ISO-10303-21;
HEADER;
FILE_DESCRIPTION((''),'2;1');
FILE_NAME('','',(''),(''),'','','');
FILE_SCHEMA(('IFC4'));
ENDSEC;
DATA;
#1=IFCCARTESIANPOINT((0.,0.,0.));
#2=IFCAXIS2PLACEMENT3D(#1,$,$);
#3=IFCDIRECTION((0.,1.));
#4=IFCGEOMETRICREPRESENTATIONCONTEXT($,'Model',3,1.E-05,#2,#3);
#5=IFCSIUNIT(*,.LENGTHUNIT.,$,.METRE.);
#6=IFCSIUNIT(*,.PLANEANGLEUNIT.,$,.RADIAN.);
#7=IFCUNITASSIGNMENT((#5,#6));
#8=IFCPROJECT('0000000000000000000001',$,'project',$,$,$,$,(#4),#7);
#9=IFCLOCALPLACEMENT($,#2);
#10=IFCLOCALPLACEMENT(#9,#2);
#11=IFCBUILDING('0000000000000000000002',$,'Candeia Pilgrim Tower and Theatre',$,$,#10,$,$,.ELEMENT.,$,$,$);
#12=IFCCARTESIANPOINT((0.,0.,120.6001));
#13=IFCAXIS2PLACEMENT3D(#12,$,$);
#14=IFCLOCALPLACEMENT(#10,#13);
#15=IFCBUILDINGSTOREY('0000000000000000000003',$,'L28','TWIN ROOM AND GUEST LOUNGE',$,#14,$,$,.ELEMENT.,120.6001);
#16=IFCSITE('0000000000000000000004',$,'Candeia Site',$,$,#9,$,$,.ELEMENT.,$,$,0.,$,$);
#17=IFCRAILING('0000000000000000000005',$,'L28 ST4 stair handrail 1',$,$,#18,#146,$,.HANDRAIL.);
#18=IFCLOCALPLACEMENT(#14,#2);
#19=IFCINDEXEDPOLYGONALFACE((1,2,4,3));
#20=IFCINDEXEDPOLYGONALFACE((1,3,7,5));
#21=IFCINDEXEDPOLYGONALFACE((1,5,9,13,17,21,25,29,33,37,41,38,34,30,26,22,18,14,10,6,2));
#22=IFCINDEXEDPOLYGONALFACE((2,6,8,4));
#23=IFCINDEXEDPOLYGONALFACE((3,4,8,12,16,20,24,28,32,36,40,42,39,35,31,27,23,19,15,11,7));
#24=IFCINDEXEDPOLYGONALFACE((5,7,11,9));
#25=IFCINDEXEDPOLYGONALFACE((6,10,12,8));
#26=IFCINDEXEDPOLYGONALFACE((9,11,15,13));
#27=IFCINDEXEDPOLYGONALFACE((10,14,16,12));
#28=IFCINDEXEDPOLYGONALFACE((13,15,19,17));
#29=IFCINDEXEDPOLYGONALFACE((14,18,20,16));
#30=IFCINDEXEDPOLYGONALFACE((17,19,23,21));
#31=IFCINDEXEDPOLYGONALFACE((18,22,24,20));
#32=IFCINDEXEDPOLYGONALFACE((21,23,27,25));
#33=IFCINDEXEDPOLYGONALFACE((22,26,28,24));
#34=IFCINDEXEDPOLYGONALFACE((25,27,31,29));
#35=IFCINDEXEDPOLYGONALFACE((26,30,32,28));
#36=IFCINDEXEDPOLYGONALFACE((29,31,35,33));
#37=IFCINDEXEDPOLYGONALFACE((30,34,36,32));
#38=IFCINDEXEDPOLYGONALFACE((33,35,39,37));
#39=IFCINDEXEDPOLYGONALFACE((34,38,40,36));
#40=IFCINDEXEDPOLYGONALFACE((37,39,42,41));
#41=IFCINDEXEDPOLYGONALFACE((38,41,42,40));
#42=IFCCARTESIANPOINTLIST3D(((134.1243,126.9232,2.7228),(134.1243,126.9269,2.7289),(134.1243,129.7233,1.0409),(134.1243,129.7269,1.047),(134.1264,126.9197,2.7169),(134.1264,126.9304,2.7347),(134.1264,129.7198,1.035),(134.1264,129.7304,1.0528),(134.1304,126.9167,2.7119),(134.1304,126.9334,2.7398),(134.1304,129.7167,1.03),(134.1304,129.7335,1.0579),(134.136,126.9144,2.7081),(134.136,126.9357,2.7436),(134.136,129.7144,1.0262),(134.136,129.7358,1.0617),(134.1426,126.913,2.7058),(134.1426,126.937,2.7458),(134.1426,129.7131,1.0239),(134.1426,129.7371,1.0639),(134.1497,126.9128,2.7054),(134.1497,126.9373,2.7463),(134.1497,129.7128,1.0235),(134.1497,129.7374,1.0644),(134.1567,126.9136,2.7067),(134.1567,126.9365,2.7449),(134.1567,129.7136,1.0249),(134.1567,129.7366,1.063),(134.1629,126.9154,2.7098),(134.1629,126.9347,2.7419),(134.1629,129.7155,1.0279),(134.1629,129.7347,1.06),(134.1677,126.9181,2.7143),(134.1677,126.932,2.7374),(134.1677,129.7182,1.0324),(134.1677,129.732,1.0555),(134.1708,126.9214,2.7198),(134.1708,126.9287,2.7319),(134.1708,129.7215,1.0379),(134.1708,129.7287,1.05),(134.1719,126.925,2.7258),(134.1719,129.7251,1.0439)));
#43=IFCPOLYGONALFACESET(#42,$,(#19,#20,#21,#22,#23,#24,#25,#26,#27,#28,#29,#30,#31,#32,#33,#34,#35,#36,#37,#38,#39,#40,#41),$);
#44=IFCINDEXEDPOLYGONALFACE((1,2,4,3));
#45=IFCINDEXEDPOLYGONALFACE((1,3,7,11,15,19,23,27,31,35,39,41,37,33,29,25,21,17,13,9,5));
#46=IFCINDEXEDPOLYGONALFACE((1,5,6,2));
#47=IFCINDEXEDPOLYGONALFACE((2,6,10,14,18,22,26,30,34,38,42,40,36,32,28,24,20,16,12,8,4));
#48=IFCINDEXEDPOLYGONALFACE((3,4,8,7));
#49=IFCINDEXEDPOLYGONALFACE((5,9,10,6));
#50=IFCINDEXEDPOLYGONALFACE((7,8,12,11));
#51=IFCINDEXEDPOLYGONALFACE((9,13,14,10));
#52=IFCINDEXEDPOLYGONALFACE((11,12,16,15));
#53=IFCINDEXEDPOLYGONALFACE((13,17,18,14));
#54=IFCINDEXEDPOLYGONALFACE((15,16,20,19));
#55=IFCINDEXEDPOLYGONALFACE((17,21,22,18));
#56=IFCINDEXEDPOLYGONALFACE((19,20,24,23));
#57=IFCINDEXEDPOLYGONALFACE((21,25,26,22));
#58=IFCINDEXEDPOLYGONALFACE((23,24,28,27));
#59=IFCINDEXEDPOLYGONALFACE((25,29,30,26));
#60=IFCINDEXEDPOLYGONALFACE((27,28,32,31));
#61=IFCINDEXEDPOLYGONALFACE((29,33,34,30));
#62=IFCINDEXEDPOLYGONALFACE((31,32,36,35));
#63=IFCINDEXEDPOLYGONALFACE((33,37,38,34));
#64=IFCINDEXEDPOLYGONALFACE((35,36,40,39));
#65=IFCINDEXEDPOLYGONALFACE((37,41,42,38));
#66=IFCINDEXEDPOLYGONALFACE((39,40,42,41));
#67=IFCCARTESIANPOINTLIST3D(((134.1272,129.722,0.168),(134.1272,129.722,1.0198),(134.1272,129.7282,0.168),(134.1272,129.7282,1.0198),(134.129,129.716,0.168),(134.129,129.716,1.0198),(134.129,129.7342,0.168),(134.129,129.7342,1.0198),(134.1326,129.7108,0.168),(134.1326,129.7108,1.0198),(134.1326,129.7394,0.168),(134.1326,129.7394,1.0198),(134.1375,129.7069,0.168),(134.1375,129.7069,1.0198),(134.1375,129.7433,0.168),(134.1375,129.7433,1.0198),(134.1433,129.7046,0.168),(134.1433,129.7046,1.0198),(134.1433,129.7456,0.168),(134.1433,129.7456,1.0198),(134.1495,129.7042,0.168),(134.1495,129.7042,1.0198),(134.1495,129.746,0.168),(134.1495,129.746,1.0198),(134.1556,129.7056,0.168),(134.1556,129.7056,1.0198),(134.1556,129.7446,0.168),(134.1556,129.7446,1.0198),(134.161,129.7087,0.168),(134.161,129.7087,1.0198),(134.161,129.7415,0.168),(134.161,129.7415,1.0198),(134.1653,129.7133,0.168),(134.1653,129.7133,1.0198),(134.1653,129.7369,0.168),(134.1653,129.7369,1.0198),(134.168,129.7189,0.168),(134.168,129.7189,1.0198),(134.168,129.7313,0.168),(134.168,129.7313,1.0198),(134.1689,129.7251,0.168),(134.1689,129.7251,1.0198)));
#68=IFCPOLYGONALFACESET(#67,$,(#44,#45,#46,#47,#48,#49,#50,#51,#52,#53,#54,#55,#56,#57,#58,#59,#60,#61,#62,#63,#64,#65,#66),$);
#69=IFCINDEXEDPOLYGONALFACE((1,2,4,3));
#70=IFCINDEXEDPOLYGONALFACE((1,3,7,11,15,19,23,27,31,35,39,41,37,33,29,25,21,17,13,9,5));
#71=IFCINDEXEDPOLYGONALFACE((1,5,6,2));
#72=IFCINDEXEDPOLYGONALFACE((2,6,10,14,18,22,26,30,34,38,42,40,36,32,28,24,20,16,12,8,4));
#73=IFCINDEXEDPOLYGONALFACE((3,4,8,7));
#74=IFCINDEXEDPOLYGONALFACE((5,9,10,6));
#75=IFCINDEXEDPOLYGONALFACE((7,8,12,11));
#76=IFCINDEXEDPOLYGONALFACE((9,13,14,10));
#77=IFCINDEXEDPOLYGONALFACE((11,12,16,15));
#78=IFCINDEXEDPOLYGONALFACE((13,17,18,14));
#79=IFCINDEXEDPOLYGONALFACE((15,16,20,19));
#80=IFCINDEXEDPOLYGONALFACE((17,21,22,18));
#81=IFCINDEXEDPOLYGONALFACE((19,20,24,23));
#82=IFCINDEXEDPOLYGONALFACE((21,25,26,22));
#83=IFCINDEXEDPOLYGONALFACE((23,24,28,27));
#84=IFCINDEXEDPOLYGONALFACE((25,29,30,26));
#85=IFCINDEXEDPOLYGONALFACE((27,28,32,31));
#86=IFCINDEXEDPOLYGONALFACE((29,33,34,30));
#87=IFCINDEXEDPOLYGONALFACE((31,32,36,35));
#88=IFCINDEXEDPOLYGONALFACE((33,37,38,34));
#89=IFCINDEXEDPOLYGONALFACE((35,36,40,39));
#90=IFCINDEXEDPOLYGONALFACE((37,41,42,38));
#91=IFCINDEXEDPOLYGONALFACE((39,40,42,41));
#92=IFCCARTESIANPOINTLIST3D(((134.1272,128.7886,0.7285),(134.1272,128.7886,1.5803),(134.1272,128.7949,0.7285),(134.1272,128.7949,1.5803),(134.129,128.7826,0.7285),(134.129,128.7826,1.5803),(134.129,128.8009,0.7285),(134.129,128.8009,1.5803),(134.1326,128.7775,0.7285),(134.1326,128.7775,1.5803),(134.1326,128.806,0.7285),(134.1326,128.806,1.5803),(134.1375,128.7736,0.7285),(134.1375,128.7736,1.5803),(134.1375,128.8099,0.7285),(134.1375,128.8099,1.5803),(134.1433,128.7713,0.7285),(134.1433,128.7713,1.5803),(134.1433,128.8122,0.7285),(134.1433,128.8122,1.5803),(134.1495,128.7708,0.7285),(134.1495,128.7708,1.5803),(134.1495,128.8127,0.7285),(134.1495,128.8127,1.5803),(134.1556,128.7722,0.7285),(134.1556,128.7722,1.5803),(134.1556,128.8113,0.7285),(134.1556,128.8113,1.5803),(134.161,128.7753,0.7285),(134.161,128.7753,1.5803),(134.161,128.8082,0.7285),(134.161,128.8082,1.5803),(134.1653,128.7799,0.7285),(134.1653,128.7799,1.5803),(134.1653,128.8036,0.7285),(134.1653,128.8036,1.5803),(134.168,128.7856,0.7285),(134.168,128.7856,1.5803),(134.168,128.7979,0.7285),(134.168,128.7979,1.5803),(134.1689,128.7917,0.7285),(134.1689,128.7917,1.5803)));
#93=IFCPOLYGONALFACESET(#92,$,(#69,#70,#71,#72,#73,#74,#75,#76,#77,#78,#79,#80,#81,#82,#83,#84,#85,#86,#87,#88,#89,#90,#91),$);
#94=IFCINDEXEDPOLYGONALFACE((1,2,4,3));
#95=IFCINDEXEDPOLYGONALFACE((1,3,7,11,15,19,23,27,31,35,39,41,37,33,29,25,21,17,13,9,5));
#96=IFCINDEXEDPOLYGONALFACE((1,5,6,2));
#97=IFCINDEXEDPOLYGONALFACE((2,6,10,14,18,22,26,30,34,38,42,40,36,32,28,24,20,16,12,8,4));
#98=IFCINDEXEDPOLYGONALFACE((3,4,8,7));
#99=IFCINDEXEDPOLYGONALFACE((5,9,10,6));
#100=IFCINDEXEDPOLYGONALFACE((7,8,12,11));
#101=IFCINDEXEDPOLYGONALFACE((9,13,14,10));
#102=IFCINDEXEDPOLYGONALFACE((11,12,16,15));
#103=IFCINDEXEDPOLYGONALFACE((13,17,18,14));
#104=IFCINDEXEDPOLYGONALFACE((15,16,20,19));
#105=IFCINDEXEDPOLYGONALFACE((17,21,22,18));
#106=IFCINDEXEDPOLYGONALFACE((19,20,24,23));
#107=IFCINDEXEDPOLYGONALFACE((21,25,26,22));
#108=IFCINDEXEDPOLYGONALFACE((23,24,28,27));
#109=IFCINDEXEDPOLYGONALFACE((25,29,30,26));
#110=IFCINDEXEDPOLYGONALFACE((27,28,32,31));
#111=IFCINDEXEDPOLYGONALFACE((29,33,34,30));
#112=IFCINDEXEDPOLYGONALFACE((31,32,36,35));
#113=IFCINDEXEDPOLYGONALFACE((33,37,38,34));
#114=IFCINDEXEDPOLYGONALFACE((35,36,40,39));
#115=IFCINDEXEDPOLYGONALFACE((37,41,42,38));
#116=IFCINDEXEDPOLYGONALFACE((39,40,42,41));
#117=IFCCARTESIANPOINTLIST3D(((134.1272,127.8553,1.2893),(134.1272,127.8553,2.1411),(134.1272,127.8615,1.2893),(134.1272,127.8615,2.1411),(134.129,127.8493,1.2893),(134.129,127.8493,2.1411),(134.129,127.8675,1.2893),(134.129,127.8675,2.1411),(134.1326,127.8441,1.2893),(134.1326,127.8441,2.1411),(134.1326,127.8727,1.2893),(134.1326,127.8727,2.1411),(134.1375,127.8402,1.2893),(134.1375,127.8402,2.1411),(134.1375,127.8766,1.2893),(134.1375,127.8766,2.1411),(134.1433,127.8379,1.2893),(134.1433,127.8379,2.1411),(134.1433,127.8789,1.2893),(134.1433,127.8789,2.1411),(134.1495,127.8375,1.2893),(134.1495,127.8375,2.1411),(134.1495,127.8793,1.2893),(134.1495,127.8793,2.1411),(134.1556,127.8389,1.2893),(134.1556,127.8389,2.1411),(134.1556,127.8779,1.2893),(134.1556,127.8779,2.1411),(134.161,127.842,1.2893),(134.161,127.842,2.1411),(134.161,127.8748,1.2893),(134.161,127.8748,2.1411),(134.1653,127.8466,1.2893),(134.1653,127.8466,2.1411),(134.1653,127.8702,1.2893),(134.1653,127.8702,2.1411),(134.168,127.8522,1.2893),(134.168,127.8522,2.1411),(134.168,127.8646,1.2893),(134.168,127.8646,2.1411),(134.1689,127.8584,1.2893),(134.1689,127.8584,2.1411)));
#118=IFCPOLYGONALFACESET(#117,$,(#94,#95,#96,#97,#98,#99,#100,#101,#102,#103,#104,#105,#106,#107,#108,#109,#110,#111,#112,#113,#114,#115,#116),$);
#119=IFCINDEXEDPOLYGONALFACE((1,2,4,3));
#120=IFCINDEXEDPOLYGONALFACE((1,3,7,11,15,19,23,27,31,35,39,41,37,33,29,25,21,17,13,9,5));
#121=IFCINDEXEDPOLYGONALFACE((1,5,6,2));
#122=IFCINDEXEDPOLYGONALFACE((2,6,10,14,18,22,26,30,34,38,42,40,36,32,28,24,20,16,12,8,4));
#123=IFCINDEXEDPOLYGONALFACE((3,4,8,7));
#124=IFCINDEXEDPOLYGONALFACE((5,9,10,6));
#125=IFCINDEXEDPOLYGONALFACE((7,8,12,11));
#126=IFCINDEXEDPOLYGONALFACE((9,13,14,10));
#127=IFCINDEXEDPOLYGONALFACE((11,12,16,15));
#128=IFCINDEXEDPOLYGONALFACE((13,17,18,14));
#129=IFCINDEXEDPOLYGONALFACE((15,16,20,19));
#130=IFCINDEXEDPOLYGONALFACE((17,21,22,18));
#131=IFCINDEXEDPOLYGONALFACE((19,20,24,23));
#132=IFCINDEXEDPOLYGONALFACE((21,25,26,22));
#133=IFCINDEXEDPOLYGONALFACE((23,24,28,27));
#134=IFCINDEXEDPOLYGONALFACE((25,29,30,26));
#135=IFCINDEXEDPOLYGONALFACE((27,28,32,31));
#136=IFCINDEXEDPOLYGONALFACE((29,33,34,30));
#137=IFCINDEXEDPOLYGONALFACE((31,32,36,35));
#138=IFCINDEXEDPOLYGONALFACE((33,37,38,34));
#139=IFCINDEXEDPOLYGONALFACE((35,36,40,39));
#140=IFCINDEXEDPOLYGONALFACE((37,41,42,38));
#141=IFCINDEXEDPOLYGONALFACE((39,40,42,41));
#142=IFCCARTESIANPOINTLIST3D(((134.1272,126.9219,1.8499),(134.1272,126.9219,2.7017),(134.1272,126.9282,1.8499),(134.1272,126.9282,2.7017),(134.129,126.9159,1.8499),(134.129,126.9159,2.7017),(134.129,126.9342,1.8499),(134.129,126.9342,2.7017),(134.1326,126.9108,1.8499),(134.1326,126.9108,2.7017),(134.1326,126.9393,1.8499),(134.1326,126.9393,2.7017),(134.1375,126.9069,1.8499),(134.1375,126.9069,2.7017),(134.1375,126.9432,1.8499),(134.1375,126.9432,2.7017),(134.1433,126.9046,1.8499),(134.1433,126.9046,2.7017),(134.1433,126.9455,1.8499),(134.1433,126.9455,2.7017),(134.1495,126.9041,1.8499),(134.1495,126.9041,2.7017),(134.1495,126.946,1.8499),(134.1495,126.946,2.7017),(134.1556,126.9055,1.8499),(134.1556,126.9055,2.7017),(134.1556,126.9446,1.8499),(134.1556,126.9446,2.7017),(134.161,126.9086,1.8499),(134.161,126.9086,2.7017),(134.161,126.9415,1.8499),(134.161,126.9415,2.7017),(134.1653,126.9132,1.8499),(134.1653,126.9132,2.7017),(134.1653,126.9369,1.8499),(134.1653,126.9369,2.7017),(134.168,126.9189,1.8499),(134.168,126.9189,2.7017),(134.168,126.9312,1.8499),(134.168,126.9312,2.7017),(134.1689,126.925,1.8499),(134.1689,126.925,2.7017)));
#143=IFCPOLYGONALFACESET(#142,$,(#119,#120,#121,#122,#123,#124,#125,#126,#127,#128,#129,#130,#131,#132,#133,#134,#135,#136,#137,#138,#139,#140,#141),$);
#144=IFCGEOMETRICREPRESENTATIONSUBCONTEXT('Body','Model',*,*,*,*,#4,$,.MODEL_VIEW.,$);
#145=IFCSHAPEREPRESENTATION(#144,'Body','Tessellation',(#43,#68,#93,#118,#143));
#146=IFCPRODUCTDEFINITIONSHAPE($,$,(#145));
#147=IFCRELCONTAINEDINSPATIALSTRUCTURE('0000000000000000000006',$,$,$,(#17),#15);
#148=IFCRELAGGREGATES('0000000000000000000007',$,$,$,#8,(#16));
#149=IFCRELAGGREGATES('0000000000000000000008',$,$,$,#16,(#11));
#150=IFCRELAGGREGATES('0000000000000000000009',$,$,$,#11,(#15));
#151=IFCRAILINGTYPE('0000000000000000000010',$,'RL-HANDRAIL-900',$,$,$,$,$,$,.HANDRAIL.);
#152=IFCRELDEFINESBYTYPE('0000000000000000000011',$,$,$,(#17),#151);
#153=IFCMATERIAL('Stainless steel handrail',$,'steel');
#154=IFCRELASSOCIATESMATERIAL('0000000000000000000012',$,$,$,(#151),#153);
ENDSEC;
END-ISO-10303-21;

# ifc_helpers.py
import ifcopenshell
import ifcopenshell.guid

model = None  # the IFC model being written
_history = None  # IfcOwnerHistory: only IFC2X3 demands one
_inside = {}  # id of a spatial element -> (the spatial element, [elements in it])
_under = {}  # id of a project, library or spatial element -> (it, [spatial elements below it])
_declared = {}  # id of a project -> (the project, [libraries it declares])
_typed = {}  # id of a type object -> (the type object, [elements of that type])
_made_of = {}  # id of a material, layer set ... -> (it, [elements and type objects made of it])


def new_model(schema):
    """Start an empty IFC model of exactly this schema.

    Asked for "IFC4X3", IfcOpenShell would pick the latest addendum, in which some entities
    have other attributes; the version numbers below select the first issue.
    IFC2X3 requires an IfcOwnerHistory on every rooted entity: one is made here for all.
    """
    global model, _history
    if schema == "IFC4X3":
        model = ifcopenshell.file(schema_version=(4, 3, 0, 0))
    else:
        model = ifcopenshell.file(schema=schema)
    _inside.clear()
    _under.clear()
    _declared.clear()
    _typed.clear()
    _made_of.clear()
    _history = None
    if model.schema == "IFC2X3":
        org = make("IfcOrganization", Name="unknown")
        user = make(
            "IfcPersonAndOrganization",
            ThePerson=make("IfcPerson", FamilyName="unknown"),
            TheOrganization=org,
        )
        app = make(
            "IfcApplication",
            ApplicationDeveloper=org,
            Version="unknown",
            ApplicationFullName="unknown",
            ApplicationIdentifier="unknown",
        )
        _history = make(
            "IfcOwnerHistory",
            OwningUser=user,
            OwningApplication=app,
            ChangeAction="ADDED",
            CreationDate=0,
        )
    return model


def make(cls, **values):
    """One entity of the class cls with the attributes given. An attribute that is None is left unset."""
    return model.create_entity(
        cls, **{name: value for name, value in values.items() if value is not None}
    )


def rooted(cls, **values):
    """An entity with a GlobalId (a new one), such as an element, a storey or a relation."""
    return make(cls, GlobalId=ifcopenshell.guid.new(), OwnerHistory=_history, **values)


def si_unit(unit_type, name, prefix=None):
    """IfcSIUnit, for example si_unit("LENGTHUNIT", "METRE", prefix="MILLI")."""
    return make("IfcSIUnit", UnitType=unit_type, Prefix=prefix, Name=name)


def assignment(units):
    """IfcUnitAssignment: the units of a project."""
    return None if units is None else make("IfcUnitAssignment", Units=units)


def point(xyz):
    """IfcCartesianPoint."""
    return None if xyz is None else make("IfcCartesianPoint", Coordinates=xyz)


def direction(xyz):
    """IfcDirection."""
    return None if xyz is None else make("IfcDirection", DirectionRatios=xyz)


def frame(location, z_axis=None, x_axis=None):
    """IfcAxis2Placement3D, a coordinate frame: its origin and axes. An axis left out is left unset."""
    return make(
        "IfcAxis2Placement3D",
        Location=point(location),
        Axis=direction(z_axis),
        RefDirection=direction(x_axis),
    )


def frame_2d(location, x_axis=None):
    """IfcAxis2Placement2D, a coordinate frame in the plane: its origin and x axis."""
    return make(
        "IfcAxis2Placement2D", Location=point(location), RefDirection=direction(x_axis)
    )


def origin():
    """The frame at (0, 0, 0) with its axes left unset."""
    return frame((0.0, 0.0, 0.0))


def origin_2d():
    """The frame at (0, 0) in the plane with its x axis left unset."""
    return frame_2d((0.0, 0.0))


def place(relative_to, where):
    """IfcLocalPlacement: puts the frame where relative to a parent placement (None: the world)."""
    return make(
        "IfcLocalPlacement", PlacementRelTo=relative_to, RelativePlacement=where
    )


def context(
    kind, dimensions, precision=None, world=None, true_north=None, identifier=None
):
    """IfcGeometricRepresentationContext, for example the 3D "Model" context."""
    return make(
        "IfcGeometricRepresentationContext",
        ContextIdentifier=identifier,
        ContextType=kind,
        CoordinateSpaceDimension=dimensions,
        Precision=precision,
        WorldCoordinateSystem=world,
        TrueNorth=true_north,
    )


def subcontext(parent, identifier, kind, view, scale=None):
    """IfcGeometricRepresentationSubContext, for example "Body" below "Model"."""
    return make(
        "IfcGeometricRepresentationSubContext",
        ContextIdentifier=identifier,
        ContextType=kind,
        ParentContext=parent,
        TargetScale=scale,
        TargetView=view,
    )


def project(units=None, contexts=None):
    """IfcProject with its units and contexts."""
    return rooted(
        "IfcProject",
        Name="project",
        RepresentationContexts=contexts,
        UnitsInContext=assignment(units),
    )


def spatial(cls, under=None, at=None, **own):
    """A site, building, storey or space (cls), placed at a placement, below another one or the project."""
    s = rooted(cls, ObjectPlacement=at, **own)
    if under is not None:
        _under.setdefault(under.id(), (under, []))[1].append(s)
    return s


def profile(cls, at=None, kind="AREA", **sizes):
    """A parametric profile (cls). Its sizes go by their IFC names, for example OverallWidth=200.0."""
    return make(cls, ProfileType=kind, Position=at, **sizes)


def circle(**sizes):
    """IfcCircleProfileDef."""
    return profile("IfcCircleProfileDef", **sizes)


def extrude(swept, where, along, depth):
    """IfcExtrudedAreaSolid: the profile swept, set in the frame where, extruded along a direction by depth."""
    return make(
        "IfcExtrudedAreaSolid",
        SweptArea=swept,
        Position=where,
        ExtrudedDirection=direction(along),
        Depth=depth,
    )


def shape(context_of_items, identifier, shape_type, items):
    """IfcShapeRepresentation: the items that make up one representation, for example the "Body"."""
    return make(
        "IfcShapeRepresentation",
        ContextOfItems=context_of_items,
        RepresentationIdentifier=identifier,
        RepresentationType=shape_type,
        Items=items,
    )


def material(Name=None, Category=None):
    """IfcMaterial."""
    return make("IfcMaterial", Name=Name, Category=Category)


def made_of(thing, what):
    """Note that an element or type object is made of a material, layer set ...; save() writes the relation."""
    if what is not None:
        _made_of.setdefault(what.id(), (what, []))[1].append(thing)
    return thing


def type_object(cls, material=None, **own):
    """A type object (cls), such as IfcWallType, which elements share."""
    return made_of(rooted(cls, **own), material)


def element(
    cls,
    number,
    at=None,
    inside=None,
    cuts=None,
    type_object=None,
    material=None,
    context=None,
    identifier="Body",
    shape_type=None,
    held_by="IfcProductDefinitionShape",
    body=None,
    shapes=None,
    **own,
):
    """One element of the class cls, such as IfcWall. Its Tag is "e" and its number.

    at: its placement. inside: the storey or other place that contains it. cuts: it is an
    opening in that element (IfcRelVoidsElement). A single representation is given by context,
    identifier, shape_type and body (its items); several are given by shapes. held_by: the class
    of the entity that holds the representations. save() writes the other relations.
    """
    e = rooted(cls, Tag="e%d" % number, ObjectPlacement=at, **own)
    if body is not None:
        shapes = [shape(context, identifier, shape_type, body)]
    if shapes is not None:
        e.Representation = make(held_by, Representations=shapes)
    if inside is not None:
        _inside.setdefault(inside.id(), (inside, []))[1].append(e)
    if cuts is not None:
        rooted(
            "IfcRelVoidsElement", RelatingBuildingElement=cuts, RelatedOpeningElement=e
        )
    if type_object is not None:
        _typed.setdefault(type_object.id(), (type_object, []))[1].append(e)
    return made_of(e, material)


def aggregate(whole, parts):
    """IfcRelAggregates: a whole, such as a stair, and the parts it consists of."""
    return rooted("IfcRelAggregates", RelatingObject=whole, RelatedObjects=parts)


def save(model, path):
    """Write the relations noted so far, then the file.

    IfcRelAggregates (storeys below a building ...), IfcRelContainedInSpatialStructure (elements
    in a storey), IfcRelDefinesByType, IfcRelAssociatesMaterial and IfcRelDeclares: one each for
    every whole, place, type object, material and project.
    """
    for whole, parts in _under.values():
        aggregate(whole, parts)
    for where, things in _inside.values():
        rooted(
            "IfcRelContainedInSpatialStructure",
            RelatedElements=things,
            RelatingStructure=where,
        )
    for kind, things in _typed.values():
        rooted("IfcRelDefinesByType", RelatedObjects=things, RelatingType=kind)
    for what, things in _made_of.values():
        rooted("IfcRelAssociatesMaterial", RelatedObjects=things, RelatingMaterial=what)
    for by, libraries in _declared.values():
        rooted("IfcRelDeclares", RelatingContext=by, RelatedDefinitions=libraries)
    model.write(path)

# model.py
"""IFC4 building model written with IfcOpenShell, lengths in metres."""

from ifc_helpers import new_model, si_unit, direction, frame, origin, origin_2d, place, context, subcontext, project, spatial, circle, extrude, material, type_object, element, save


model = new_model("IFC4")

# Units and contexts
model_context = context("Model", 3, precision=1e-05, world=origin(), true_north=direction((0.0, 1.0)))
body_context = subcontext(model_context, "Body", "Model", "MODEL_VIEW")
ifc_project = project(units=[si_unit("LENGTHUNIT", "METRE"), si_unit("PLANEANGLEUNIT", "RADIAN")], contexts=[model_context])

# Site, building, storey
site_placement = place(None, origin())
site = spatial("IfcSite", under=ifc_project, at=site_placement, Name="Candeia Site", CompositionType="ELEMENT", RefElevation=0.0)
building_placement = place(site_placement, origin())
building = spatial("IfcBuilding", under=site, at=building_placement, Name="Candeia Pilgrim Tower and Theatre", CompositionType="ELEMENT")
storey_placement = place(building_placement, frame((0.0, 0.0, 120.6001)))
storey = spatial("IfcBuildingStorey", under=building, at=storey_placement, Name="L28", Description="TWIN ROOM AND GUEST LOUNGE", CompositionType="ELEMENT", Elevation=120.6001)

# Railing
ifc_material_1 = material(Name="Stainless steel handrail", Category="steel")
railing_type_1 = type_object("IfcRailingType", Name="RL-HANDRAIL-900", PredefinedType="HANDRAIL", material=ifc_material_1)
railing_1_placement = place(storey_placement, frame((134.1479, 129.7251, 0.168)))
element("IfcRailing", 1, at=railing_1_placement, inside=storey, type_object=railing_type_1, Name="L28 ST4 stair handrail 1", PredefinedType="HANDRAIL", context=body_context, shape_type="SweptSolid", body=[
    extrude(circle(Radius=0.0239, at=origin_2d()), frame((0.0, 0.0, 0.876), z_axis=(0.0, -0.857242, 0.514913), x_axis=(1.0, 0.0, 0.0)), (0.0, 0.0, 1.0), 3.2664),
    extrude(circle(Radius=0.021, at=origin_2d()), origin(), (0.0, 0.0, 1.0), 0.8518),
    extrude(circle(Radius=0.021, at=origin_2d()), frame((0.0, -0.9333, 0.5605)), (0.0, 0.0, 1.0), 0.8518),
    extrude(circle(Radius=0.021, at=origin_2d()), frame((0.0, -1.8667, 1.1213)), (0.0, 0.0, 1.0), 0.8518),
    extrude(circle(Radius=0.021, at=origin_2d()), frame((0.0, -2.8, 1.6819)), (0.0, 0.0, 1.0), 0.8518),
])

save(model, "model.ifc")
